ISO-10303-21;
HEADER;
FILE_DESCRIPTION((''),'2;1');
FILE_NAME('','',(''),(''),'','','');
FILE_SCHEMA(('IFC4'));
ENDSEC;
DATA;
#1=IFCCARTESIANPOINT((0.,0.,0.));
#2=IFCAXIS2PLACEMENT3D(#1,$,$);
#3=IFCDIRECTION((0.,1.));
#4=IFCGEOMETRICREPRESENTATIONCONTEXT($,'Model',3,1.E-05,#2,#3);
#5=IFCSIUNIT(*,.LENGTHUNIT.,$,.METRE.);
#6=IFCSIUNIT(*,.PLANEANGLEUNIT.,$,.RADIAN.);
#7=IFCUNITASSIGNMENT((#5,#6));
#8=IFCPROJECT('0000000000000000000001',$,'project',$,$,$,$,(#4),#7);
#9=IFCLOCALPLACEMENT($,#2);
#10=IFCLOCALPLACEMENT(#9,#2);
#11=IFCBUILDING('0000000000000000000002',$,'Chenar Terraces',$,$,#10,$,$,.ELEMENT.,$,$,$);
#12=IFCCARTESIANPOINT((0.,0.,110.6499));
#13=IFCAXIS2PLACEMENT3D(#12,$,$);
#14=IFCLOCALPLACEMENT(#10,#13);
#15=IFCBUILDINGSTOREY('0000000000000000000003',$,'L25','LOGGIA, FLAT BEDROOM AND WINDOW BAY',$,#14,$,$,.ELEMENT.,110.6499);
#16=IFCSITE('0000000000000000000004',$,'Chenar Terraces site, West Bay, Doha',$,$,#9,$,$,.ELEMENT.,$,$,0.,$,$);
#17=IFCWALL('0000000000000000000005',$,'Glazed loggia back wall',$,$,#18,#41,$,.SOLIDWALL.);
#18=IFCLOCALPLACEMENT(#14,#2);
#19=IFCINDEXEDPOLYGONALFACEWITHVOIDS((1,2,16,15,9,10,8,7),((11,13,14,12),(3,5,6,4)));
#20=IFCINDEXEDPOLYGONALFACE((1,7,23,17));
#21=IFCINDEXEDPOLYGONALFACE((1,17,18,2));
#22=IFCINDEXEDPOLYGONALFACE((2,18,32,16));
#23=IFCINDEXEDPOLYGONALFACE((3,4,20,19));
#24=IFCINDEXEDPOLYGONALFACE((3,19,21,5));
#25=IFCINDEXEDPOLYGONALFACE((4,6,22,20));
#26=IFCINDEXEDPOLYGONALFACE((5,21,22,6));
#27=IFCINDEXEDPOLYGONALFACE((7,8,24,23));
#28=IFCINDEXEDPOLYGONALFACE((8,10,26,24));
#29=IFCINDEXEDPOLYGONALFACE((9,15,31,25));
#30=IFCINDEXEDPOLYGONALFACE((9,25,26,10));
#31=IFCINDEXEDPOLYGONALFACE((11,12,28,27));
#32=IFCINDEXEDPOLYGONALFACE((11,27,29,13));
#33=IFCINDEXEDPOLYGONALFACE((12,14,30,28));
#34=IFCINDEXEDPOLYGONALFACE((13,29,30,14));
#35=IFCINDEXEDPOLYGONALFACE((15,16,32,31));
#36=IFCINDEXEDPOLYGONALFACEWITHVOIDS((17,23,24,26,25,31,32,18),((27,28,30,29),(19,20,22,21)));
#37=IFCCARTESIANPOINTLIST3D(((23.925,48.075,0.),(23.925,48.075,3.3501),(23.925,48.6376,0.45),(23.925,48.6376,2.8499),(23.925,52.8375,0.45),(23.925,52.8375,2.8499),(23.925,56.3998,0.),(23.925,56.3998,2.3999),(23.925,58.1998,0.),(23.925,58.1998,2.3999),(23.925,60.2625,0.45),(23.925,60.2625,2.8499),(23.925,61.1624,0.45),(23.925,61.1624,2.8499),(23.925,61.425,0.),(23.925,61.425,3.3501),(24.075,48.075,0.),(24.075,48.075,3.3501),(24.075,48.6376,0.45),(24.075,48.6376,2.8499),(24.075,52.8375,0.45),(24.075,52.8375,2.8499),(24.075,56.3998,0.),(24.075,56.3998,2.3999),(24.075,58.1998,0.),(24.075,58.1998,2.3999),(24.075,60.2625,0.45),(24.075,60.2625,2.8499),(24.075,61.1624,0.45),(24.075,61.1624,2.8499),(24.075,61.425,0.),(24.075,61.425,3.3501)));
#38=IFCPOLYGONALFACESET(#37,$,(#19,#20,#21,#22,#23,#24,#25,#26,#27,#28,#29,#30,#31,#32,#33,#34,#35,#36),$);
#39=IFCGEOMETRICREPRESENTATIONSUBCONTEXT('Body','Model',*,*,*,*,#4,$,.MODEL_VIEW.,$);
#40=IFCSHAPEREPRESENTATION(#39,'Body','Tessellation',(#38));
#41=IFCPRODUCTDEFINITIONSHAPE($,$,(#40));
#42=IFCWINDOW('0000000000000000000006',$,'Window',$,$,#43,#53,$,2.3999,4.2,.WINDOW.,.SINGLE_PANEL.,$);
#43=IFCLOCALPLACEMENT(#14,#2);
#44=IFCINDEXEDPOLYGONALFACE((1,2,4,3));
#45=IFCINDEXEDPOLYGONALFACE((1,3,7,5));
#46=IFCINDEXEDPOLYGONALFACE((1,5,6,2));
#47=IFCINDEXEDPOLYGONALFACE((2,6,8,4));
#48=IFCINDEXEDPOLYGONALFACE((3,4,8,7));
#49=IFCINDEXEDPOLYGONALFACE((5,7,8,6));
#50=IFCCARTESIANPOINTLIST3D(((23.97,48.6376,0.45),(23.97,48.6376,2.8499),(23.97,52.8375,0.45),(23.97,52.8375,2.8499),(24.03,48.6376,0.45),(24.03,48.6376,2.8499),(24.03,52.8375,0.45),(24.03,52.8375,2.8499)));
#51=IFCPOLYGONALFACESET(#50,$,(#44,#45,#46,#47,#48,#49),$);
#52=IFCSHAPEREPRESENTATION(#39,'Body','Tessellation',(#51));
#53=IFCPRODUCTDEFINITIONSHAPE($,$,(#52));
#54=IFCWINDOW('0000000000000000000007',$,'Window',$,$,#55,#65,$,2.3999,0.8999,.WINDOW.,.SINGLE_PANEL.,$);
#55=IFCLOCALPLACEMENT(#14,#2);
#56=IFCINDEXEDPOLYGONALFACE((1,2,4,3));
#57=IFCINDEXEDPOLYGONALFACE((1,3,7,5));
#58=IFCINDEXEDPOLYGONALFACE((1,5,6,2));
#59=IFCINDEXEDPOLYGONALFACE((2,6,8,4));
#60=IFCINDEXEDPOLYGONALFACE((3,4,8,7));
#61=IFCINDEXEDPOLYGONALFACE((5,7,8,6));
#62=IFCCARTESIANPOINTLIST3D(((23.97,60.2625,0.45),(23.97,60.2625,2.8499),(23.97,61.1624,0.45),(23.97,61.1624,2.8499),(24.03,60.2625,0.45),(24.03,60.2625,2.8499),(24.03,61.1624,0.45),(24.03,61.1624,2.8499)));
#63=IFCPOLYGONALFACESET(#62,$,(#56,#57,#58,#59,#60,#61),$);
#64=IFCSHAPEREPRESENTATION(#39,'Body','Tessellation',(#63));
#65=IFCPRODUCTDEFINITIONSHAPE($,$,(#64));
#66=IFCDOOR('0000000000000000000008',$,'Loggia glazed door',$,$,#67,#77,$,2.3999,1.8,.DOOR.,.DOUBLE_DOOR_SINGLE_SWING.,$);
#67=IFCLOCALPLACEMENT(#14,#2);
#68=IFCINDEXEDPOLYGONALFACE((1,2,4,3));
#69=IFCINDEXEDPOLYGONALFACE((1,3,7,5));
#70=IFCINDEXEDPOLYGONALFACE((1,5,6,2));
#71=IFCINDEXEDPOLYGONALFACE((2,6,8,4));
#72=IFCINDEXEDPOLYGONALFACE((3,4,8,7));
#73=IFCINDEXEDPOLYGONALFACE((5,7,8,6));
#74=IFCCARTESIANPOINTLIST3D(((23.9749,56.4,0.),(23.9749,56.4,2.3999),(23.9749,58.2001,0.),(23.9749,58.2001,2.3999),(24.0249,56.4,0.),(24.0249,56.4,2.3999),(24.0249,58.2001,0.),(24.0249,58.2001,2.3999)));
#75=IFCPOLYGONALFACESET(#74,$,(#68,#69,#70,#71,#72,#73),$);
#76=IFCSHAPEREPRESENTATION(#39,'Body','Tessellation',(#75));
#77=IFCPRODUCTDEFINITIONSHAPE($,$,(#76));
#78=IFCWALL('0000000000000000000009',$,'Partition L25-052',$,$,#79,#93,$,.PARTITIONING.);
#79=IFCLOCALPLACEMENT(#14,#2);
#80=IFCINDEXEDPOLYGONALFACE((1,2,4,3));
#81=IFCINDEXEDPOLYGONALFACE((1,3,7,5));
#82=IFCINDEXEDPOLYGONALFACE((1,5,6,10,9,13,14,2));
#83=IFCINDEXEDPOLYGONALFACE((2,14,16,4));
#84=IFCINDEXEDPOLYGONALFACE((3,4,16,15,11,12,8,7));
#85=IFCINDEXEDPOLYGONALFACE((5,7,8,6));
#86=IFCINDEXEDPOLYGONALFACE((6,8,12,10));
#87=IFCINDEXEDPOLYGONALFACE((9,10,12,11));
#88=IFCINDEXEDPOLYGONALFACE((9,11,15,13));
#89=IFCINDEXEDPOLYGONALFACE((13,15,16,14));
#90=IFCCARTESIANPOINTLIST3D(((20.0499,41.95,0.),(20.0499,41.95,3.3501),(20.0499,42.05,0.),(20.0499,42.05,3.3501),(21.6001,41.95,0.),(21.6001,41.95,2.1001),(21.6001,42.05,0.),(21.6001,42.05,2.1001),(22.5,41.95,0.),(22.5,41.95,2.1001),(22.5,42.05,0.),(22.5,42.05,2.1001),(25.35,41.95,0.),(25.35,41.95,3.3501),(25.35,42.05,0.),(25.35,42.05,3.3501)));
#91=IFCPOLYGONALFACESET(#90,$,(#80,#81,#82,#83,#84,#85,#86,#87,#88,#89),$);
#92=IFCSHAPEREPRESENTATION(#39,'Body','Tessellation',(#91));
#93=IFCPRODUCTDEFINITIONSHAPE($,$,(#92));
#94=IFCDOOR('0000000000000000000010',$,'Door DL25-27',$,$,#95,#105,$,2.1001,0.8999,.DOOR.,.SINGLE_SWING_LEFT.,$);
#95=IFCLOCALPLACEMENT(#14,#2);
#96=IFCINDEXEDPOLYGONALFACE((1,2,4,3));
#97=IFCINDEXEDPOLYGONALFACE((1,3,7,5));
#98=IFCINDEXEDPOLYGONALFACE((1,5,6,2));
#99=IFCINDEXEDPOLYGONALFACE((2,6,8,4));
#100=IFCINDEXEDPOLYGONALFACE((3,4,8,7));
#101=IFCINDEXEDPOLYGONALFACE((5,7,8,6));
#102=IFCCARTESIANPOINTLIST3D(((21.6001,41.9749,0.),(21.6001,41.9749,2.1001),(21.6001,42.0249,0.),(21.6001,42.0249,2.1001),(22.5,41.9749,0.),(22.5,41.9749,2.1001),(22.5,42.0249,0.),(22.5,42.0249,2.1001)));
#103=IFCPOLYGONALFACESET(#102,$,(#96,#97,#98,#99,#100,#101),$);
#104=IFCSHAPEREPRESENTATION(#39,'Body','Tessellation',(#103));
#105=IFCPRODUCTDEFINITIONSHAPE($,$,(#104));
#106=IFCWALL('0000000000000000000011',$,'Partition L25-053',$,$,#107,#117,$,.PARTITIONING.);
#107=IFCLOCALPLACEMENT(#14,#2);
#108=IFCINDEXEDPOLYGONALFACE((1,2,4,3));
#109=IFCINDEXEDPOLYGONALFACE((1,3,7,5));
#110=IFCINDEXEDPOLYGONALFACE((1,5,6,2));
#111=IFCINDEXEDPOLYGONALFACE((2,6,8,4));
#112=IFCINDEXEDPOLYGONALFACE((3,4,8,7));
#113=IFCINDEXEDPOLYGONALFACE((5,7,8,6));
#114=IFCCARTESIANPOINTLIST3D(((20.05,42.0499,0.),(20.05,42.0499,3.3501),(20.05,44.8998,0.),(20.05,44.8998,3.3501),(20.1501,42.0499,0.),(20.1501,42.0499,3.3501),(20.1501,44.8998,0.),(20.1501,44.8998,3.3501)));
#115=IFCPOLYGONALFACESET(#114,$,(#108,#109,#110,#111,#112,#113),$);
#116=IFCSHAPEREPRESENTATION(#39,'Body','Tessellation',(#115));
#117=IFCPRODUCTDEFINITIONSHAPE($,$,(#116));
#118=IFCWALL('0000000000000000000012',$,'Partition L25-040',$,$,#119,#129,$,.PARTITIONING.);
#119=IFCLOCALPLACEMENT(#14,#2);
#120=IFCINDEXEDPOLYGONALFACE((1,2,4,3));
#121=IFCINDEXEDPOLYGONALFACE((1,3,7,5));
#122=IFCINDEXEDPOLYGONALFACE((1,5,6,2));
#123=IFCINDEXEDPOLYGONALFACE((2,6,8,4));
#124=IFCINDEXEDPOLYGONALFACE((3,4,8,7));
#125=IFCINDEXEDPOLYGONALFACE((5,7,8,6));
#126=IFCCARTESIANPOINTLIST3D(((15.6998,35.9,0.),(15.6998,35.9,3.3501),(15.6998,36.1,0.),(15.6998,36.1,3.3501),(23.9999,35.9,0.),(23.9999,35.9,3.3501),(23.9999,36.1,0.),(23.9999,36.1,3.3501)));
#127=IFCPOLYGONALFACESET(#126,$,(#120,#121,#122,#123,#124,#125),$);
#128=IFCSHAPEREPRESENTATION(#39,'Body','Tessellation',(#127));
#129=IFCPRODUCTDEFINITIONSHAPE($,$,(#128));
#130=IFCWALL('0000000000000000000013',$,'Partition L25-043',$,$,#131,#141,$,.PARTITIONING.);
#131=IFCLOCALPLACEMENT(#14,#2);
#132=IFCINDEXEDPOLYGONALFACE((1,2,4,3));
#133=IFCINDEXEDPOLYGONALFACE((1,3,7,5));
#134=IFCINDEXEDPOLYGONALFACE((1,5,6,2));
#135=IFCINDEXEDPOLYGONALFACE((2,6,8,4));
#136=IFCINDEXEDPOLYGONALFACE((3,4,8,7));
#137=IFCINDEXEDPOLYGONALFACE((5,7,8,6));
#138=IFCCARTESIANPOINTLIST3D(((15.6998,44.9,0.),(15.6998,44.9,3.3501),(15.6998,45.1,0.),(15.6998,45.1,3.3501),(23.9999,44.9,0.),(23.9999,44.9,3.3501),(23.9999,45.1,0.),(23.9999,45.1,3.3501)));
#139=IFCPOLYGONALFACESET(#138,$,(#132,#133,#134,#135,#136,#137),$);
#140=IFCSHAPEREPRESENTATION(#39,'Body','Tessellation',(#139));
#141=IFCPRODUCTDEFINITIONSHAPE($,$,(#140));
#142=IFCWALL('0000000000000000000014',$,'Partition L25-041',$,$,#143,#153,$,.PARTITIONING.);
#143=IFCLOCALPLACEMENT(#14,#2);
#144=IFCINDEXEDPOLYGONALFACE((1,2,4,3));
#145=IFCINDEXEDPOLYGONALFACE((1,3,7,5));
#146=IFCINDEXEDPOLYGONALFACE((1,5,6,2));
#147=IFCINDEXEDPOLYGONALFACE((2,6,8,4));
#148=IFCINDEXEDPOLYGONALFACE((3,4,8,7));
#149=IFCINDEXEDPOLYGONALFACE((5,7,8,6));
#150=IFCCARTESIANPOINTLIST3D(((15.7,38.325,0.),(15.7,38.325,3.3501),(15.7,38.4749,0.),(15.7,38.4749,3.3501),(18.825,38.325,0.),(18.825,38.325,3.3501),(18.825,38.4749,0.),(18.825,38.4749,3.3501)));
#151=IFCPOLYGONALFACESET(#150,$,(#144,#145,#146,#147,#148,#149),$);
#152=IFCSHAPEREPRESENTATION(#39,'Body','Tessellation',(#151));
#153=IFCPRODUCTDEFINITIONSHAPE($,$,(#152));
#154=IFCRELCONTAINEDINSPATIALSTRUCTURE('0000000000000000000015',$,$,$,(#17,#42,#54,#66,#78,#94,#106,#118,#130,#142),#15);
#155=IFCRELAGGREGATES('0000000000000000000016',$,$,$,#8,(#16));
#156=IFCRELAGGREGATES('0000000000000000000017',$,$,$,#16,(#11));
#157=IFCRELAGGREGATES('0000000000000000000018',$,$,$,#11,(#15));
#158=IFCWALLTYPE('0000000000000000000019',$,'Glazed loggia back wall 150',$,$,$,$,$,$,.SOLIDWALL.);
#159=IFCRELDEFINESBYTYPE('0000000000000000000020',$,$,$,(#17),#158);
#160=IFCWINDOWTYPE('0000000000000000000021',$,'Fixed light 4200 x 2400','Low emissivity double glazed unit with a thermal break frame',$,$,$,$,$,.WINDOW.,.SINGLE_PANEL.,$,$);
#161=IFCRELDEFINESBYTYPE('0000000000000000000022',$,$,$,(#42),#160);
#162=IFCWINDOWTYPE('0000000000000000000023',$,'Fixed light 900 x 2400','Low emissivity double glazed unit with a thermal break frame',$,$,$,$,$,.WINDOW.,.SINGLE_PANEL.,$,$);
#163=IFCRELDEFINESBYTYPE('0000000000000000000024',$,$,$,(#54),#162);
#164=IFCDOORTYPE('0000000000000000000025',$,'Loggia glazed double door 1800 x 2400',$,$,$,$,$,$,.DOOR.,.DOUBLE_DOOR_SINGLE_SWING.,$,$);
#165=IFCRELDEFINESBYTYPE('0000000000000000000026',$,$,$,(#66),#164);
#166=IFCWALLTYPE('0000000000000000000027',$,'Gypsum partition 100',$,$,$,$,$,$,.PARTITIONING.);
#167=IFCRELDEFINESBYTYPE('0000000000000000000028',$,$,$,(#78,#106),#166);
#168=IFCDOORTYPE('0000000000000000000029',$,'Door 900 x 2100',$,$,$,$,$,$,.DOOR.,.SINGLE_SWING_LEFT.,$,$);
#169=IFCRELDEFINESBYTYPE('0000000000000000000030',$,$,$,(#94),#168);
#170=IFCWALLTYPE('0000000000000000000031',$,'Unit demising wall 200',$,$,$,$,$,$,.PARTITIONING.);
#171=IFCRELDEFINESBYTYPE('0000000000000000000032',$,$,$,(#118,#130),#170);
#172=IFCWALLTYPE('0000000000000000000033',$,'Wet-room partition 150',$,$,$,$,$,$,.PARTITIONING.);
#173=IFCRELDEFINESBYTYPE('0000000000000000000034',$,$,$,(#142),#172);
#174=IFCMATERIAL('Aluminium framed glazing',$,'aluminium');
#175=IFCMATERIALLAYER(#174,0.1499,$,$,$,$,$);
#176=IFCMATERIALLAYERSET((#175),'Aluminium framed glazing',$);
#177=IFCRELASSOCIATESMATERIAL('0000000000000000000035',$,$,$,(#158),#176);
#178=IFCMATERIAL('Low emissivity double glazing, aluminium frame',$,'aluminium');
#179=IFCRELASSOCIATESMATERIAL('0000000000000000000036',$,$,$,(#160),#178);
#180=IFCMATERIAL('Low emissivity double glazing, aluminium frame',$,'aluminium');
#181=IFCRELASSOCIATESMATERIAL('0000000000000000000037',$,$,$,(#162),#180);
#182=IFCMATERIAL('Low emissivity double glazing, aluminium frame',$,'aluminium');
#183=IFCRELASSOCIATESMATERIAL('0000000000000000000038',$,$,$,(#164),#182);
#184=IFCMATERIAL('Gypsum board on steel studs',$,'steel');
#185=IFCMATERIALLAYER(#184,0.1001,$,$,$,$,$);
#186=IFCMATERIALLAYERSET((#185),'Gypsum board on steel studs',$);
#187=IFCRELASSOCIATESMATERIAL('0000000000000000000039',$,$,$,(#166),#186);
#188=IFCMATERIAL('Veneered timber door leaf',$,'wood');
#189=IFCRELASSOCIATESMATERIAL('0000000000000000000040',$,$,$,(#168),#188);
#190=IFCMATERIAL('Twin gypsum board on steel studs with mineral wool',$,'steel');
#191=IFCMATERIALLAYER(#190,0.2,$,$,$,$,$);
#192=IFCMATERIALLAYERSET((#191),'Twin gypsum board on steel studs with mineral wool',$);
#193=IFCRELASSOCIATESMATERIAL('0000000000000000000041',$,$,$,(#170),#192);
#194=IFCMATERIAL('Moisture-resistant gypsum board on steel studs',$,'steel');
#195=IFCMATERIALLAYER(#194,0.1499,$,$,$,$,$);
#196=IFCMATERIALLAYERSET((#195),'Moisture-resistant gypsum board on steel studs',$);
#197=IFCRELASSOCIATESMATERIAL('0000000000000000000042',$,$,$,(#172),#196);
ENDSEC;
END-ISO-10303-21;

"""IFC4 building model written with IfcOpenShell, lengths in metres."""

from ifc_helpers import new_model, si_unit, direction, frame, frame_2d, origin, place, context, subcontext, project, spatial, rectangle, extrude, material, layer, layer_set, type_object, element, fill, save


model = new_model("IFC4")

# Units and contexts
model_context = context("Model", 3, precision=1e-05, world=origin(), true_north=direction((0.0, 1.0)))
body_context = subcontext(model_context, "Body", "Model", "MODEL_VIEW")
ifc_project = project(units=[si_unit("LENGTHUNIT", "METRE"), si_unit("PLANEANGLEUNIT", "RADIAN")], contexts=[model_context])

# Site, building, storey
site_placement = place(None, origin())
site = spatial("IfcSite", under=ifc_project, at=site_placement, Name="Chenar Terraces site, West Bay, Doha", CompositionType="ELEMENT", RefElevation=0.0)
building_placement = place(site_placement, origin())
building = spatial("IfcBuilding", under=site, at=building_placement, Name="Chenar Terraces", CompositionType="ELEMENT")
storey_placement = place(building_placement, frame((0.0, 0.0, 110.6499)))
storey = spatial("IfcBuildingStorey", under=building, at=storey_placement, Name="L25", Description="LOGGIA, FLAT BEDROOM AND WINDOW BAY", CompositionType="ELEMENT", Elevation=110.6499)

# Wall, openings, windows, door
ifc_material_1 = material(Name="Aluminium framed glazing", Category="aluminium")
ifc_layer_1 = layer(ifc_material_1, 0.1499)
ifc_layer_set_1 = layer_set([ifc_layer_1], Name="Aluminium framed glazing")
wall_type_1 = type_object("IfcWallType", Name="Glazed loggia back wall 150", PredefinedType="SOLIDWALL", material=ifc_layer_set_1)
wall_1_placement = place(storey_placement, frame((24.0, 48.075, 0.0), z_axis=(0.0, 0.0, 1.0), x_axis=(0.0, 1.0, 0.0)))
wall_1 = element("IfcWall", 1, at=wall_1_placement, inside=storey, type_object=wall_type_1, Name="Glazed loggia back wall", PredefinedType="SOLIDWALL", context=body_context, shape_type="SweptSolid", body=[
    extrude(rectangle(XDim=13.3501, YDim=0.1499, at=frame_2d((6.675, 0.0))), origin(), (0.0, 0.0, 1.0), 3.3501),
])
opening_1_placement = place(wall_1_placement, frame((0.5625, 0.0, 0.45)))
opening_1 = element("IfcOpeningElement", 2, at=opening_1_placement, cuts=wall_1, PredefinedType="OPENING", context=body_context, shape_type="SweptSolid", body=[
    extrude(rectangle(XDim=4.2, YDim=2.3999, at=frame_2d((2.1001, 1.2))), frame((0.0, 0.085, 0.0), z_axis=(0.0, -1.0, 0.0), x_axis=(1.0, 0.0, 0.0)), (0.0, 0.0, 1.0), 0.1699),
])
opening_2_placement = place(wall_1_placement, frame((8.325, 0.0, 0.0)))
opening_2 = element("IfcOpeningElement", 3, at=opening_2_placement, cuts=wall_1, PredefinedType="OPENING", context=body_context, shape_type="SweptSolid", body=[
    extrude(rectangle(XDim=1.8, YDim=2.3999, at=frame_2d((0.8999, 1.2))), frame((0.0, 0.085, 0.0), z_axis=(0.0, -1.0, 0.0), x_axis=(1.0, 0.0, 0.0)), (0.0, 0.0, 1.0), 0.1699),
])
opening_3_placement = place(wall_1_placement, frame((12.1875, 0.0, 0.45)))
opening_3 = element("IfcOpeningElement", 4, at=opening_3_placement, cuts=wall_1, PredefinedType="OPENING", context=body_context, shape_type="SweptSolid", body=[
    extrude(rectangle(XDim=0.8999, YDim=2.3999, at=frame_2d((0.45, 1.2))), frame((0.0, 0.085, 0.0), z_axis=(0.0, -1.0, 0.0), x_axis=(1.0, 0.0, 0.0)), (0.0, 0.0, 1.0), 0.1699),
])
ifc_material_2 = material(Name="Low emissivity double glazing, aluminium frame", Category="aluminium")
window_type_1 = type_object("IfcWindowType", Name="Fixed light 4200 x 2400", Description="Low emissivity double glazed unit with a thermal break frame", PartitioningType="SINGLE_PANEL", PredefinedType="WINDOW", material=ifc_material_2)
window_1_placement = place(opening_1_placement, origin())
window_1 = element("IfcWindow", 5, at=window_1_placement, inside=storey, type_object=window_type_1, Name="Window", OverallHeight=2.3999, OverallWidth=4.2, PartitioningType="SINGLE_PANEL", PredefinedType="WINDOW", context=body_context, shape_type="SweptSolid", body=[
    extrude(rectangle(XDim=4.2, YDim=2.3999, at=frame_2d((2.1001, 1.2))), frame((0.0, 0.03, 0.0), z_axis=(0.0, -1.0, 0.0), x_axis=(1.0, 0.0, 0.0)), (0.0, 0.0, 1.0), 0.0601),
])
fill(opening_1, window_1)
ifc_material_3 = material(Name="Low emissivity double glazing, aluminium frame", Category="aluminium")
window_type_2 = type_object("IfcWindowType", Name="Fixed light 900 x 2400", Description="Low emissivity double glazed unit with a thermal break frame", PartitioningType="SINGLE_PANEL", PredefinedType="WINDOW", material=ifc_material_3)
window_2_placement = place(opening_3_placement, origin())
window_2 = element("IfcWindow", 6, at=window_2_placement, inside=storey, type_object=window_type_2, Name="Window", OverallHeight=2.3999, OverallWidth=0.8999, PartitioningType="SINGLE_PANEL", PredefinedType="WINDOW", context=body_context, shape_type="SweptSolid", body=[
    extrude(rectangle(XDim=0.8999, YDim=2.3999, at=frame_2d((0.45, 1.2))), frame((0.0, 0.03, 0.0), z_axis=(0.0, -1.0, 0.0), x_axis=(1.0, 0.0, 0.0)), (0.0, 0.0, 1.0), 0.0601),
])
fill(opening_3, window_2)
ifc_material_4 = material(Name="Low emissivity double glazing, aluminium frame", Category="aluminium")
door_type_1 = type_object("IfcDoorType", Name="Loggia glazed double door 1800 x 2400", OperationType="DOUBLE_DOOR_SINGLE_SWING", PredefinedType="DOOR", material=ifc_material_4)
door_1_placement = place(opening_2_placement, frame((1.8, 0.0, 0.0), z_axis=(0.0, 0.0, 1.0), x_axis=(-1.0, 0.0, 0.0)))
door_1 = element("IfcDoor", 7, at=door_1_placement, inside=storey, type_object=door_type_1, Name="Loggia glazed door", OperationType="DOUBLE_DOOR_SINGLE_SWING", OverallHeight=2.3999, OverallWidth=1.8, PredefinedType="DOOR", context=body_context, shape_type="SweptSolid", body=[
    extrude(rectangle(XDim=1.8, YDim=2.3999, at=frame_2d((0.8999, 1.2))), frame((0.0, 0.0249, 0.0), z_axis=(0.0, -1.0, 0.0), x_axis=(1.0, 0.0, 0.0)), (0.0, 0.0, 1.0), 0.05),
])
fill(opening_2, door_1)

# Wall, opening, door
ifc_material_5 = material(Name="Gypsum board on steel studs", Category="steel")
ifc_layer_2 = layer(ifc_material_5, 0.1001)
ifc_layer_set_2 = layer_set([ifc_layer_2], Name="Gypsum board on steel studs")
wall_type_2 = type_object("IfcWallType", Name="Gypsum partition 100", PredefinedType="PARTITIONING", material=ifc_layer_set_2)
wall_2_placement = place(storey_placement, frame((20.05, 42.0, 0.0), z_axis=(0.0, 0.0, 1.0), x_axis=(1.0, 0.0, 0.0)))
wall_2 = element("IfcWall", 8, at=wall_2_placement, inside=storey, type_object=wall_type_2, Name="Partition L25-052", PredefinedType="PARTITIONING", context=body_context, shape_type="SweptSolid", body=[
    extrude(rectangle(XDim=5.3, YDim=0.1001, at=frame_2d((2.6499, 0.0))), origin(), (0.0, 0.0, 1.0), 3.3501),
])
opening_4_placement = place(wall_2_placement, frame((1.55, 0.0, 0.0)))
opening_4 = element("IfcOpeningElement", 9, at=opening_4_placement, cuts=wall_2, PredefinedType="OPENING", context=body_context, shape_type="SweptSolid", body=[
    extrude(rectangle(XDim=0.8999, YDim=2.1001, at=frame_2d((0.45, 1.05))), frame((0.0, 0.0601, 0.0), z_axis=(0.0, -1.0, 0.0), x_axis=(1.0, 0.0, 0.0)), (0.0, 0.0, 1.0), 0.1201),
])
ifc_material_6 = material(Name="Veneered timber door leaf", Category="wood")
door_type_2 = type_object("IfcDoorType", Name="Door 900 x 2100", OperationType="SINGLE_SWING_LEFT", PredefinedType="DOOR", material=ifc_material_6)
door_2_placement = place(opening_4_placement, origin())
door_2 = element("IfcDoor", 10, at=door_2_placement, inside=storey, type_object=door_type_2, Name="Door DL25-27", OperationType="SINGLE_SWING_LEFT", OverallHeight=2.1001, OverallWidth=0.8999, PredefinedType="DOOR", context=body_context, shape_type="SweptSolid", body=[
    extrude(rectangle(XDim=0.8999, YDim=2.1001, at=frame_2d((0.45, 1.05))), frame((0.0, 0.0249, 0.0), z_axis=(0.0, -1.0, 0.0), x_axis=(1.0, 0.0, 0.0)), (0.0, 0.0, 1.0), 0.05),
])
fill(opening_4, door_2)

# Walls
wall_3_placement = place(storey_placement, frame((20.1001, 42.05, 0.0), z_axis=(0.0, 0.0, 1.0), x_axis=(0.0, 1.0, 0.0)))
element("IfcWall", 11, at=wall_3_placement, inside=storey, type_object=wall_type_2, Name="Partition L25-053", PredefinedType="PARTITIONING", context=body_context, shape_type="SweptSolid", body=[
    extrude(rectangle(XDim=2.8499, YDim=0.1001, at=frame_2d((1.4248, 0.0))), origin(), (0.0, 0.0, 1.0), 3.3501),
])
ifc_material_7 = material(Name="Twin gypsum board on steel studs with mineral wool", Category="steel")
ifc_layer_3 = layer(ifc_material_7, 0.2)
ifc_layer_set_3 = layer_set([ifc_layer_3], Name="Twin gypsum board on steel studs with mineral wool")
wall_type_3 = type_object("IfcWallType", Name="Unit demising wall 200", PredefinedType="PARTITIONING", material=ifc_layer_set_3)
for number, where, z_axis, x_axis, name in (
    (12, (15.7, 36.0, 0.0), (0.0, 0.0, 1.0), (1.0, 0.0, 0.0), "Partition L25-040"),
    (13, (15.7, 45.0, 0.0), (0.0, 0.0, 1.0), (1.0, 0.0, 0.0), "Partition L25-043"),
):
    element("IfcWall", number, at=place(storey_placement, frame(where, z_axis=z_axis, x_axis=x_axis)), inside=storey, type_object=wall_type_3, Name=name, PredefinedType="PARTITIONING", context=body_context, shape_type="SweptSolid", body=[
        extrude(rectangle(XDim=8.3, YDim=0.2, at=frame_2d((4.1499, 0.0))), origin(), (0.0, 0.0, 1.0), 3.3501),
    ])
ifc_material_8 = material(Name="Moisture-resistant gypsum board on steel studs", Category="steel")
ifc_layer_4 = layer(ifc_material_8, 0.1499)
ifc_layer_set_4 = layer_set([ifc_layer_4], Name="Moisture-resistant gypsum board on steel studs")
wall_type_4 = type_object("IfcWallType", Name="Wet-room partition 150", PredefinedType="PARTITIONING", material=ifc_layer_set_4)
wall_4_placement = place(storey_placement, frame((15.7, 38.3999, 0.0), z_axis=(0.0, 0.0, 1.0), x_axis=(1.0, 0.0, 0.0)))
element("IfcWall", 14, at=wall_4_placement, inside=storey, type_object=wall_type_4, Name="Partition L25-041", PredefinedType="PARTITIONING", context=body_context, shape_type="SweptSolid", body=[
    extrude(rectangle(XDim=3.125, YDim=0.1499, at=frame_2d((1.5625, 0.0))), origin(), (0.0, 0.0, 1.0), 3.3501),
])

save(model, "model.ifc")
